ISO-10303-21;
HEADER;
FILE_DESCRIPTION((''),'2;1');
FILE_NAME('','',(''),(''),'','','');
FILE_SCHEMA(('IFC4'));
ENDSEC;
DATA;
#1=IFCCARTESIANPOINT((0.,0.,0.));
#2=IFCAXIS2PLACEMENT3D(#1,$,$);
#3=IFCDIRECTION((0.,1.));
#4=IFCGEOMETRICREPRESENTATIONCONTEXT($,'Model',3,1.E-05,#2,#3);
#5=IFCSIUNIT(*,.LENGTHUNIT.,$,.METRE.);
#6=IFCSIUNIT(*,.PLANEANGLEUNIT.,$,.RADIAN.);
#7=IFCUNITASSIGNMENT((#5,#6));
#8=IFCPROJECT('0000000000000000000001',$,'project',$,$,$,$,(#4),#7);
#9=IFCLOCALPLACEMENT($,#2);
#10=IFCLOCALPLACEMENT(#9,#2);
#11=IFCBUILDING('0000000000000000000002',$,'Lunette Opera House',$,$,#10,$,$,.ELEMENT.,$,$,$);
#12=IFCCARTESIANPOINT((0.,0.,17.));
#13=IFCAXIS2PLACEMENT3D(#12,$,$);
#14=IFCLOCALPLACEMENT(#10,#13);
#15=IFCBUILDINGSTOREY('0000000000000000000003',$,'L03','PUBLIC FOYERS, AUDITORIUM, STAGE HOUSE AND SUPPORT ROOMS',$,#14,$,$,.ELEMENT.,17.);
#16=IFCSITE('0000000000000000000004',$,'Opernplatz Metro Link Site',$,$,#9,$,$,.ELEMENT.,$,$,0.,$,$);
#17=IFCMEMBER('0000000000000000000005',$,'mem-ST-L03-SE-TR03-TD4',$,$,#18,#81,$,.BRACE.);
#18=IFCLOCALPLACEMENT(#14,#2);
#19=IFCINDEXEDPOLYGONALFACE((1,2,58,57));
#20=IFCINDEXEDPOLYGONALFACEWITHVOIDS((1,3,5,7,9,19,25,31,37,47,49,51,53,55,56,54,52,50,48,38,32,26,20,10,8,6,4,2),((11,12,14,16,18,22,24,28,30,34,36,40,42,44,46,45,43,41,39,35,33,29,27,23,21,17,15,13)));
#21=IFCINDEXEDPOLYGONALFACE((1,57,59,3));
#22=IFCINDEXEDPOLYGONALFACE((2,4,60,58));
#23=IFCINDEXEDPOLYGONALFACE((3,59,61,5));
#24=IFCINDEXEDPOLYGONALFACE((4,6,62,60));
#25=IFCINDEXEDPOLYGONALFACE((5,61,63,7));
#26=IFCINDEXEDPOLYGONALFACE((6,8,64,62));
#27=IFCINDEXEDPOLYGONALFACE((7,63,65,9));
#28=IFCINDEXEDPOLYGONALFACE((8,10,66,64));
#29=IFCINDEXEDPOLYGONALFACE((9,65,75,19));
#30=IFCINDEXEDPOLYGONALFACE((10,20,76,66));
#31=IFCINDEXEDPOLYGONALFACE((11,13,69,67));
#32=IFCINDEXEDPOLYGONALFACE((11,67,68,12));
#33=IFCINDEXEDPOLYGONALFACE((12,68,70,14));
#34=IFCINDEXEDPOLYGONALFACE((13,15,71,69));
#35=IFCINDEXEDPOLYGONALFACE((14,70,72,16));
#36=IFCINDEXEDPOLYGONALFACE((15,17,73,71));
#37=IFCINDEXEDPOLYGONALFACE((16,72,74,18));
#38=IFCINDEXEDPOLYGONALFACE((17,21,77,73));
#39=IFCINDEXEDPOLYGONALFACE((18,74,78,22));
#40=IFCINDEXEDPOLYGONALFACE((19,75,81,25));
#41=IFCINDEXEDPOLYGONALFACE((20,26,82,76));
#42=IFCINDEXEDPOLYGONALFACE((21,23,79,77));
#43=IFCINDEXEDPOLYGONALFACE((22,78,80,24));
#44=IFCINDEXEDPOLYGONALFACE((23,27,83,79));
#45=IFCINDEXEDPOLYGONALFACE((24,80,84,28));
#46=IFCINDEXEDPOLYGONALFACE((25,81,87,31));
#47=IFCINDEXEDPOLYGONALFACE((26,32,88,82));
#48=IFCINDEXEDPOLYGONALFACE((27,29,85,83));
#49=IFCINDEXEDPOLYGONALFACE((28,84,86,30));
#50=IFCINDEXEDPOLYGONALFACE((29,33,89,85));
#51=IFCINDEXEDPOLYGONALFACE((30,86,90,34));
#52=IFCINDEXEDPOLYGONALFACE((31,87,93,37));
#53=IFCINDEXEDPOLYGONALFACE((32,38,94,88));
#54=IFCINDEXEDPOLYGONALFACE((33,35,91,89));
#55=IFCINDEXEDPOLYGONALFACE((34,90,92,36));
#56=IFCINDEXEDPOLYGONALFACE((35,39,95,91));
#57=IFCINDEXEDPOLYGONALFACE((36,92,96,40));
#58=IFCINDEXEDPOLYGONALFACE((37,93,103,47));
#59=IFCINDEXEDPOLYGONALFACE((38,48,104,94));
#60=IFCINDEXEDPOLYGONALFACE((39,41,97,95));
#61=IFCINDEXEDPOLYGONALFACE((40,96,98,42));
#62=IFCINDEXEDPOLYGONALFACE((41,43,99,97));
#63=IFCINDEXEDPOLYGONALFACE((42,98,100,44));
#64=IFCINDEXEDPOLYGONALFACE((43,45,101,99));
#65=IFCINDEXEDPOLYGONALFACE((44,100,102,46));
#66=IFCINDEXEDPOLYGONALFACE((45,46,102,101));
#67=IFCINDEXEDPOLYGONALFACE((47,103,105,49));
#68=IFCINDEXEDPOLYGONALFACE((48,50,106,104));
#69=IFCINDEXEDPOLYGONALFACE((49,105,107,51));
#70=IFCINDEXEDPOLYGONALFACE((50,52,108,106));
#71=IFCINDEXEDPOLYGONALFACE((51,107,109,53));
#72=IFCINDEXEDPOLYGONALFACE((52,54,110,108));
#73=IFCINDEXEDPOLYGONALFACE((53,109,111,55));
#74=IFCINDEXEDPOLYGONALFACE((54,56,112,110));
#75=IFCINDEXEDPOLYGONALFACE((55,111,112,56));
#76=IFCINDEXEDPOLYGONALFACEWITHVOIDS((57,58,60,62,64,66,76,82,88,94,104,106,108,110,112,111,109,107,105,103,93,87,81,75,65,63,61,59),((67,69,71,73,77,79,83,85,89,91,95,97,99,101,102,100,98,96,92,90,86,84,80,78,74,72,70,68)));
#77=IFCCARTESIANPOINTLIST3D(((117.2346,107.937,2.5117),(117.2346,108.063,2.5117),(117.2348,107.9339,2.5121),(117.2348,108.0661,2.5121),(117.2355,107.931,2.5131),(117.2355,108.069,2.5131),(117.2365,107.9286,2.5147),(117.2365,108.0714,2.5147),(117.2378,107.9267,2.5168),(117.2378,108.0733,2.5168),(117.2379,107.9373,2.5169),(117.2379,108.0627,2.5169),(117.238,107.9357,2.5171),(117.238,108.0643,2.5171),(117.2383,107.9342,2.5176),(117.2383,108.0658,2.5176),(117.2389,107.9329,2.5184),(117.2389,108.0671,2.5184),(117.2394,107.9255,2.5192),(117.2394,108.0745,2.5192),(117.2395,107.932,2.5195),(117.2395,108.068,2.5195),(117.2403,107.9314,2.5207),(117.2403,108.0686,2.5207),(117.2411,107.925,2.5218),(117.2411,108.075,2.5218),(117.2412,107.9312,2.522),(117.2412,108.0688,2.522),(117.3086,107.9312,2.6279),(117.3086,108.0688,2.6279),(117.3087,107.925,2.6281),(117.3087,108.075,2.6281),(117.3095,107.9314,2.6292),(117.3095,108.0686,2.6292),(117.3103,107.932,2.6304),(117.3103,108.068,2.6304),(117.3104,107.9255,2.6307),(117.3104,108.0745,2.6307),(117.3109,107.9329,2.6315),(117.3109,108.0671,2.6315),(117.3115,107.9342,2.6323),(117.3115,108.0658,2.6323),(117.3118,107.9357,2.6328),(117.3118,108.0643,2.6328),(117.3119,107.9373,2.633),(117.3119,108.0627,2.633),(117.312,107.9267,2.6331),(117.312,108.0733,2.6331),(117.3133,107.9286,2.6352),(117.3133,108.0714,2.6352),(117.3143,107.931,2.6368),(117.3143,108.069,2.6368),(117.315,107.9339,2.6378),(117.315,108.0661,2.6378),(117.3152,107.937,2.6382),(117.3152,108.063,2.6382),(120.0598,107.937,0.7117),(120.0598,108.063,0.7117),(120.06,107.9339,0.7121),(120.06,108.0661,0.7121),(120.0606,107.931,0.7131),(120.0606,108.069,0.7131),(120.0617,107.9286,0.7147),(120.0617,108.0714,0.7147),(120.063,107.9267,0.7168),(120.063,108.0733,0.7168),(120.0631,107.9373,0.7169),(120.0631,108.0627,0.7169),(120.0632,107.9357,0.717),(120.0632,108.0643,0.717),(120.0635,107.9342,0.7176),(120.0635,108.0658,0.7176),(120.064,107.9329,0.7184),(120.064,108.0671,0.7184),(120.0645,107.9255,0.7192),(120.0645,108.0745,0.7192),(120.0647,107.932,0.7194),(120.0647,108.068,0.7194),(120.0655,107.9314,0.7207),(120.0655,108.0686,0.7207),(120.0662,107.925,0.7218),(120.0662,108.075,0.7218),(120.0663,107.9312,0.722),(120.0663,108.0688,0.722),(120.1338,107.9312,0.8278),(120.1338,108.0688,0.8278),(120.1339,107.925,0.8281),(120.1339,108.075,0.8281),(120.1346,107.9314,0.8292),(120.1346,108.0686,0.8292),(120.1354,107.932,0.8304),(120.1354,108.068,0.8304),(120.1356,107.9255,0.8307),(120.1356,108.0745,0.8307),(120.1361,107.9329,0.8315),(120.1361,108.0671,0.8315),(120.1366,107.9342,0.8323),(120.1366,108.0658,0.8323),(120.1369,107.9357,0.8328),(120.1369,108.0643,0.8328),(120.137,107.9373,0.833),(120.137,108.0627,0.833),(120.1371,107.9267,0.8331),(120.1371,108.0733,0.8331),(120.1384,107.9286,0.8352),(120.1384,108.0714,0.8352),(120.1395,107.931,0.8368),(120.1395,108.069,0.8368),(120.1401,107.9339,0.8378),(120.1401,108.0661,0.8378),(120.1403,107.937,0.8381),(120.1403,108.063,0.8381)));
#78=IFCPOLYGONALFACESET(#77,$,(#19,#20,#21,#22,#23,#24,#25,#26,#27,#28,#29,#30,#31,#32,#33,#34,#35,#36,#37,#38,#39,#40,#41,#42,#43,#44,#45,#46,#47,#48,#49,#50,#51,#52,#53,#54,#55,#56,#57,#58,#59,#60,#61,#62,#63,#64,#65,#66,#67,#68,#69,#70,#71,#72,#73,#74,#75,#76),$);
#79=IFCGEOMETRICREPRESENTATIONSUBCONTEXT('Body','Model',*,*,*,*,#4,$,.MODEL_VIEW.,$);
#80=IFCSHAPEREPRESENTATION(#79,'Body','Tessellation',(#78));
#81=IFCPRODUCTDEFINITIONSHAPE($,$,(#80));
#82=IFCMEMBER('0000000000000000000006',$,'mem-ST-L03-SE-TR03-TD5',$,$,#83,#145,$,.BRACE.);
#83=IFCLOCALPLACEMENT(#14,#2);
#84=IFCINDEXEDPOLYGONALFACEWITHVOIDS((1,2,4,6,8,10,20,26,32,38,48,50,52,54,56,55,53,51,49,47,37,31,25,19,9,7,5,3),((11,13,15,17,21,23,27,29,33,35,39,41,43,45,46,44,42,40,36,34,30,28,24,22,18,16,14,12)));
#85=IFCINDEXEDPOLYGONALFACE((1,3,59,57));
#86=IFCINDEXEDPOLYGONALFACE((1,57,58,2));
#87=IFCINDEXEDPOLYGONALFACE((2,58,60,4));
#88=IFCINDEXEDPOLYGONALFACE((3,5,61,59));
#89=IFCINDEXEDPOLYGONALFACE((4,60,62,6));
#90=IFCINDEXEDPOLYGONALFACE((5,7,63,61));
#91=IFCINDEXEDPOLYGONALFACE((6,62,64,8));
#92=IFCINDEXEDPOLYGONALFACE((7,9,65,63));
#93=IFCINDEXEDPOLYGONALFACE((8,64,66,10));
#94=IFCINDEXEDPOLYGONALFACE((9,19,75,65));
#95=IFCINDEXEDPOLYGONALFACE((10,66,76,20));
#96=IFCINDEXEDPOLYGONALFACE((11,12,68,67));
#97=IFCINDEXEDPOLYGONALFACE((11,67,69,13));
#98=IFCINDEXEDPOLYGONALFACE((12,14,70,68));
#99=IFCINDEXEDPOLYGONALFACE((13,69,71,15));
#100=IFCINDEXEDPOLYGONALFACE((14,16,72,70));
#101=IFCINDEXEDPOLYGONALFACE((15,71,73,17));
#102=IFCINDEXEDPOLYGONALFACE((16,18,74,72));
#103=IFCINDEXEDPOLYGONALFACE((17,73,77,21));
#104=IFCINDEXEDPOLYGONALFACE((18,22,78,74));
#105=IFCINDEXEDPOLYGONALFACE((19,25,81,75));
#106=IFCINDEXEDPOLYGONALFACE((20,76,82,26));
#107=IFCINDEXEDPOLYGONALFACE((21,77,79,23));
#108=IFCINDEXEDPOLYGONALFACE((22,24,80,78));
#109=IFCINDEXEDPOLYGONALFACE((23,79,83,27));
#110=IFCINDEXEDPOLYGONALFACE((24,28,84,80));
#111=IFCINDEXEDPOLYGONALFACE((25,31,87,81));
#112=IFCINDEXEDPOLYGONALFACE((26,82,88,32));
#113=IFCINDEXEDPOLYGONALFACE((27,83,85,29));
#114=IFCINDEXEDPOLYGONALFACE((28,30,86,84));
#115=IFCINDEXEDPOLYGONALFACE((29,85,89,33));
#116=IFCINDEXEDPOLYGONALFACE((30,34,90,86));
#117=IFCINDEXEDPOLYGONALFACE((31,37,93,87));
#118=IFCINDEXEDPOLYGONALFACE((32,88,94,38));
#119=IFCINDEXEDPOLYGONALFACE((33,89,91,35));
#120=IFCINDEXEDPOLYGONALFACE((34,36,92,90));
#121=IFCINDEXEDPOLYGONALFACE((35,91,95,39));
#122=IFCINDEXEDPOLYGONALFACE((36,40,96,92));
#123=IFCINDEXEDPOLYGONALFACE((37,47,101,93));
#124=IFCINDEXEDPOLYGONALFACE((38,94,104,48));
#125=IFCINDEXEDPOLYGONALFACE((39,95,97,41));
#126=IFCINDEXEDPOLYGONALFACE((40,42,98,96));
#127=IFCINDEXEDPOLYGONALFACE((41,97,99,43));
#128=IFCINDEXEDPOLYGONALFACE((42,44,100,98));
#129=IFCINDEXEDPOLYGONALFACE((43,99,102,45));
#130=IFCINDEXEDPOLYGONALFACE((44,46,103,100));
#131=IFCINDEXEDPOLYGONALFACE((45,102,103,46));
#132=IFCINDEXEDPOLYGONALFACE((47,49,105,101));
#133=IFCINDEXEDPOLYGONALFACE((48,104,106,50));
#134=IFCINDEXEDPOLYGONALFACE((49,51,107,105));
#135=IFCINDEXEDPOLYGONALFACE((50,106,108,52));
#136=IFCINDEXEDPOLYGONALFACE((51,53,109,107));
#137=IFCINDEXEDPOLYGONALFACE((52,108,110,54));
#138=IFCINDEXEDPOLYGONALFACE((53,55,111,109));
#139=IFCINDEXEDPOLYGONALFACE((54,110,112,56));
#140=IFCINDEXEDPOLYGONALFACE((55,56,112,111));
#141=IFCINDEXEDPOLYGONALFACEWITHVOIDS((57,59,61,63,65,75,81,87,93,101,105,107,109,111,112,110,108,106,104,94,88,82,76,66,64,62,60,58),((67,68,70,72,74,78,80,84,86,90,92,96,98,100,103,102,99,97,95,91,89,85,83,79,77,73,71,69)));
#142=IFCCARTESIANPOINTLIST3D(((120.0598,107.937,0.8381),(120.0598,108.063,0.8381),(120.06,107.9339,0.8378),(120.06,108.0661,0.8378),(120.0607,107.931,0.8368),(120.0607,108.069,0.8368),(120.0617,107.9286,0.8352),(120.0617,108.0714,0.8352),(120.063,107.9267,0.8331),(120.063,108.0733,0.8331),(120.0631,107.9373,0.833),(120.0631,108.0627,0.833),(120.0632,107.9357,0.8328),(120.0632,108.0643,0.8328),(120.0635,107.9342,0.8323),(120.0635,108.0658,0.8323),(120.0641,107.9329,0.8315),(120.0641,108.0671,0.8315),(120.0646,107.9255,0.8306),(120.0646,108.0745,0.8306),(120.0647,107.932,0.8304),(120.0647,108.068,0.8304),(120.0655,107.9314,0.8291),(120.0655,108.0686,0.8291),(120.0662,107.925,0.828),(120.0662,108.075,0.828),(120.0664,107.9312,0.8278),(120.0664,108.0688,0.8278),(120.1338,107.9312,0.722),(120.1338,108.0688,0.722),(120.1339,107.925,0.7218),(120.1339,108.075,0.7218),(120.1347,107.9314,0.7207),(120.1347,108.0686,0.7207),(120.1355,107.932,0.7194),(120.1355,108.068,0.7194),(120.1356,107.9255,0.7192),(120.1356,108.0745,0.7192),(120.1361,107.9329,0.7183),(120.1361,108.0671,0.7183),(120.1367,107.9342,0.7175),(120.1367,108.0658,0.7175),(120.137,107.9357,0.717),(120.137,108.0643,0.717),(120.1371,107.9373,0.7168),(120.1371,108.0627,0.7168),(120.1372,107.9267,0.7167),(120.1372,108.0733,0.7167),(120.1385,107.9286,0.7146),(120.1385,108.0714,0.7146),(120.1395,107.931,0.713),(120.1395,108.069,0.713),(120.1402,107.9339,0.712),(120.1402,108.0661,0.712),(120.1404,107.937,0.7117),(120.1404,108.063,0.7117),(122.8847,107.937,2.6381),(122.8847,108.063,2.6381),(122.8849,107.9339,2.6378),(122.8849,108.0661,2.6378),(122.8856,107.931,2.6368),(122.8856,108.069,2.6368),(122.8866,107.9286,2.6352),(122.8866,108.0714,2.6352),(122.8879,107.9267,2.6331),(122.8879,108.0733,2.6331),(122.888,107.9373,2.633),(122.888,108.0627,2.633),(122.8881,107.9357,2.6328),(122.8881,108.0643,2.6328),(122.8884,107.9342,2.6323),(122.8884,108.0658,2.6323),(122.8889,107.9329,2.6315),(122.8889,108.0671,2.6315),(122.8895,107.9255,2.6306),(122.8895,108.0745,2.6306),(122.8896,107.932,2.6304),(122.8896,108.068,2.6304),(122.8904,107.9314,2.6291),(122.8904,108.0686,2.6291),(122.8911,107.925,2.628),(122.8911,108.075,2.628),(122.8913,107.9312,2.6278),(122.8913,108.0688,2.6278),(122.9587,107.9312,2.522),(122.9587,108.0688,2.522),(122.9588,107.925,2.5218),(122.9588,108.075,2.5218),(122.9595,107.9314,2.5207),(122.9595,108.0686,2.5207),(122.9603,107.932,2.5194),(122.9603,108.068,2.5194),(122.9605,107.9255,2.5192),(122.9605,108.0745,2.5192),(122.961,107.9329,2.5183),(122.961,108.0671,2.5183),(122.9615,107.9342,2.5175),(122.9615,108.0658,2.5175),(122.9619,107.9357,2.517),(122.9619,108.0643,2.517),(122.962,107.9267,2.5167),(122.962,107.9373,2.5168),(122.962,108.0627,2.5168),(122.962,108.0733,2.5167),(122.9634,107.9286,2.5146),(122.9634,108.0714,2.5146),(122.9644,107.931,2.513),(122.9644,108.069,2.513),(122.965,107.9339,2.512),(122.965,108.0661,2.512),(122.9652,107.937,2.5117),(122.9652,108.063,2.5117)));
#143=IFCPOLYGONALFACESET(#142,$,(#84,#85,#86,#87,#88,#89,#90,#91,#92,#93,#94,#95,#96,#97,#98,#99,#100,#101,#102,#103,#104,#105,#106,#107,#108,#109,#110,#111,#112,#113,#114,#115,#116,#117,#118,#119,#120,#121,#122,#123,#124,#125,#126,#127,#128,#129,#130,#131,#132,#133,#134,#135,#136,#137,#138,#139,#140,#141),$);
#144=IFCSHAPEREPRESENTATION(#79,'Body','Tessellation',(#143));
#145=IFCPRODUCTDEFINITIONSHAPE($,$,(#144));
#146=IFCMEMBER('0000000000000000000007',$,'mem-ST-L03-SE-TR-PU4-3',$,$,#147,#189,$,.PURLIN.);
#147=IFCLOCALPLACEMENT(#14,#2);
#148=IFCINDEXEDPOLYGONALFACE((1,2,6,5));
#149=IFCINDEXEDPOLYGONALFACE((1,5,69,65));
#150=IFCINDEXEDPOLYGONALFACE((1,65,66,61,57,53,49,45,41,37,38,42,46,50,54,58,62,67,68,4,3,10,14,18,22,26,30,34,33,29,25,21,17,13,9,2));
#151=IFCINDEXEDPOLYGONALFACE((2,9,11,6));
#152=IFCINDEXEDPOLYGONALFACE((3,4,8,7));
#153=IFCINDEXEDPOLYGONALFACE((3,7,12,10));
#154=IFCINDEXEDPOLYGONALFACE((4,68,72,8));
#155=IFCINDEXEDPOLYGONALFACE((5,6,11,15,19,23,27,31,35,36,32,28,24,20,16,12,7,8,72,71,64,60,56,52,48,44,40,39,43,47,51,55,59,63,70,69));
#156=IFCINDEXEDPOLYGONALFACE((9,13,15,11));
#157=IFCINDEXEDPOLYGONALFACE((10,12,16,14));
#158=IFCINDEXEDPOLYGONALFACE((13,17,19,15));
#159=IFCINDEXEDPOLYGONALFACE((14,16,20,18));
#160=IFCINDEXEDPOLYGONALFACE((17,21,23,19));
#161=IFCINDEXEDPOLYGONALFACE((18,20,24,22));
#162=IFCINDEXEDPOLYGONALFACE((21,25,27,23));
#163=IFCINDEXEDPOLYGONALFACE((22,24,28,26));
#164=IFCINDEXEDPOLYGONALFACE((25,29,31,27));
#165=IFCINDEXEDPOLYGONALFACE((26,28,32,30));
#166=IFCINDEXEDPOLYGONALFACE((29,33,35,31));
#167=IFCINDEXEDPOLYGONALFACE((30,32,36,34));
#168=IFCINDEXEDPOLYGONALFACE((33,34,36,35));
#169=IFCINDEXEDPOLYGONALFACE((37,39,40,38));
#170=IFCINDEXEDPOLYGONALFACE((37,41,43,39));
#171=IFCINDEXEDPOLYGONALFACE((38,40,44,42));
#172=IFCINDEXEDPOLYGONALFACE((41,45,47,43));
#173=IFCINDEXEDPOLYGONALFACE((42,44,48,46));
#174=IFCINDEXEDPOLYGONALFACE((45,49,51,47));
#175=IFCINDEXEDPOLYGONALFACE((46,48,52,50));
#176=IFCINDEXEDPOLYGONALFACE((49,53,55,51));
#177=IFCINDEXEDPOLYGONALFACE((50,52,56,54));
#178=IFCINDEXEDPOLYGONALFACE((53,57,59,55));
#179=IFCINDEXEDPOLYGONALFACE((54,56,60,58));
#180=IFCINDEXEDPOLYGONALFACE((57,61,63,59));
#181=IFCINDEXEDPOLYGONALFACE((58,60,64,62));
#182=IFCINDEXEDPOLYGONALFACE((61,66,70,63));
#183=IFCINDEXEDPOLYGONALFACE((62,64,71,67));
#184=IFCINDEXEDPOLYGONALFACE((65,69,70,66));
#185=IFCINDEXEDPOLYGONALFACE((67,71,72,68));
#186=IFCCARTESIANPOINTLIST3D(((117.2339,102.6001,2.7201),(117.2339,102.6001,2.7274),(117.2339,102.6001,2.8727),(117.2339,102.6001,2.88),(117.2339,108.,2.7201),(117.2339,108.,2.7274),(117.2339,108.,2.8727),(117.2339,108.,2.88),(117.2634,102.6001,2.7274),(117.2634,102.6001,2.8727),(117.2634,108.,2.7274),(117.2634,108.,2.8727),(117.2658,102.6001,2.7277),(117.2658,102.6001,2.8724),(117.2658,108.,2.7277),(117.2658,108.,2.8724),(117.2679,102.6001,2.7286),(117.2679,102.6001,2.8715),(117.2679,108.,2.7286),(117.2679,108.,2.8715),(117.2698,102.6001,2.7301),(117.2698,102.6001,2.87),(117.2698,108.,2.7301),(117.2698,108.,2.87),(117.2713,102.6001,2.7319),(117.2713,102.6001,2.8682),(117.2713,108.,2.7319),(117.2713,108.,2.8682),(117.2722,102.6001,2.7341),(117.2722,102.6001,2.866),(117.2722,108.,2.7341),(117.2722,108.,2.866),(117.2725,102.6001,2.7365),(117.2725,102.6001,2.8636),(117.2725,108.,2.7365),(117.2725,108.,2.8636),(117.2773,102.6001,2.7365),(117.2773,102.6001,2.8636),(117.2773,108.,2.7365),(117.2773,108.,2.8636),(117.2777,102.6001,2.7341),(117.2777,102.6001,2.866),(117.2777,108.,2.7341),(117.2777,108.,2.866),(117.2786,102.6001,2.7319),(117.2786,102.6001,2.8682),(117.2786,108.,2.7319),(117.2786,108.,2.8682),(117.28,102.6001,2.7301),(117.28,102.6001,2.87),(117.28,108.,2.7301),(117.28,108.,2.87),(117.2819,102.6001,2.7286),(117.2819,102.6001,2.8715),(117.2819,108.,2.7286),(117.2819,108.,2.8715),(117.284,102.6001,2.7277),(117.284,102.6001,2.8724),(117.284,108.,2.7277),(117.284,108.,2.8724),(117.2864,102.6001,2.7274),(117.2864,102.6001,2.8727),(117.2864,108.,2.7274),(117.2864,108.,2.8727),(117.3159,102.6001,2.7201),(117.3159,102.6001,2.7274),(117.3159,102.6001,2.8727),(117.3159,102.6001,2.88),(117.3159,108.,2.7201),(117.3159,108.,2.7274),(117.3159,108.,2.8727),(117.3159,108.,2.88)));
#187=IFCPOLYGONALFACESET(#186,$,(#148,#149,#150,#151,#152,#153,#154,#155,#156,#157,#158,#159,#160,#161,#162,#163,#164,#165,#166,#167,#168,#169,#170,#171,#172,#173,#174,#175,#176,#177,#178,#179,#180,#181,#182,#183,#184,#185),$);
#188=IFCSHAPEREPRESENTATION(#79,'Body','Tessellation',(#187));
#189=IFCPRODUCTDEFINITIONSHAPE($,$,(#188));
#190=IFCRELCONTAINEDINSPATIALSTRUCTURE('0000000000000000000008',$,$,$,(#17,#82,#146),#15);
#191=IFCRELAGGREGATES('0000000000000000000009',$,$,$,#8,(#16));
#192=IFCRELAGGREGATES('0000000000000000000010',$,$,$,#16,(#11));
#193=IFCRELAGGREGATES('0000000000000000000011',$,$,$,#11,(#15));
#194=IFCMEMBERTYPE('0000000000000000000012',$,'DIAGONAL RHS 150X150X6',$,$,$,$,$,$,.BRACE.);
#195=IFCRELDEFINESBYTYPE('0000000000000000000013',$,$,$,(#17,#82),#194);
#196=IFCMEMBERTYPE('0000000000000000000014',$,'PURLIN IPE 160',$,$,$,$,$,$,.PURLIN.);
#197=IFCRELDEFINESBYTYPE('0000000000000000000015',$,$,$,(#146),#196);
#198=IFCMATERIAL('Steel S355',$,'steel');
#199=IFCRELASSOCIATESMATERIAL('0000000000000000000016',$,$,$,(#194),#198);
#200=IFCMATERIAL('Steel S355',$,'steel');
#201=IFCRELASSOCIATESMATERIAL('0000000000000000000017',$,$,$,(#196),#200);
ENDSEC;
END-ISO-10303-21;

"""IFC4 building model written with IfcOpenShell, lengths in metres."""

from ifc_helpers import new_model, si_unit, direction, frame, origin, origin_2d, place, context, subcontext, project, spatial, hollow_rectangle, i_section, extrude, material, material_profile, profile_set, type_object, element, save


model = new_model("IFC4")

# Units and contexts
model_context = context("Model", 3, precision=1e-05, world=origin(), true_north=direction((0.0, 1.0)))
body_context = subcontext(model_context, "Body", "Model", "MODEL_VIEW")
ifc_project = project(units=[si_unit("LENGTHUNIT", "METRE"), si_unit("PLANEANGLEUNIT", "RADIAN")], contexts=[model_context])

# Site, building, storey
site_placement = place(None, origin())
site = spatial("IfcSite", under=ifc_project, at=site_placement, Name="Opernplatz Metro Link Site", CompositionType="ELEMENT", RefElevation=0.0)
building_placement = place(site_placement, origin())
building = spatial("IfcBuilding", under=site, at=building_placement, Name="Lunette Opera House", CompositionType="ELEMENT")
storey_placement = place(building_placement, frame((0.0, 0.0, 17.0)))
storey = spatial("IfcBuildingStorey", under=building, at=storey_placement, Name="L03", Description="PUBLIC FOYERS, AUDITORIUM, STAGE HOUSE AND SUPPORT ROOMS", CompositionType="ELEMENT", Elevation=17.0)

# Members
ifc_material_1 = material(Name="Steel S355", Category="steel")
ifc_material_profile_1 = material_profile(ifc_material_1, hollow_rectangle(XDim=0.1499, YDim=0.1499, WallThickness=0.0061, InnerFilletRadius=0.0061, OuterFilletRadius=0.012, at=origin_2d()), Name="RHS 150X150X6")
ifc_profile_set_1 = profile_set([ifc_material_profile_1], Name="Steel S355")
member_type_1 = type_object("IfcMemberType", Name="DIAGONAL RHS 150X150X6", PredefinedType="BRACE", material=ifc_profile_set_1)
member_1_placement = place(storey_placement, frame((117.2749, 108.0, 2.575), z_axis=(0.843364, 0.0, -0.537342), x_axis=(0.0, 1.0, 0.0)))
element("IfcMember", 1, at=member_1_placement, inside=storey, type_object=member_type_1, Name="mem-ST-L03-SE-TR03-TD4", PredefinedType="BRACE", context=body_context, shape_type="SweptSolid", body=[
    extrude(hollow_rectangle(XDim=0.1499, YDim=0.1499, WallThickness=0.0061, InnerFilletRadius=0.0061, OuterFilletRadius=0.012, at=origin_2d()), origin(), (0.0, 0.0, 1.0), 3.3499),
])
member_2_placement = place(storey_placement, frame((120.1001, 108.0, 0.7749), z_axis=(0.843343, 0.0, 0.537375), x_axis=(0.0, 1.0, 0.0)))
element("IfcMember", 2, at=member_2_placement, inside=storey, type_object=member_type_1, Name="mem-ST-L03-SE-TR03-TD5", PredefinedType="BRACE", context=body_context, shape_type="SweptSolid", body=[
    extrude(hollow_rectangle(XDim=0.1499, YDim=0.1499, WallThickness=0.0061, InnerFilletRadius=0.0061, OuterFilletRadius=0.012, at=origin_2d()), origin(), (0.0, 0.0, 1.0), 3.3496),
])
ifc_material_2 = material(Name="Steel S355", Category="steel")
ifc_material_profile_2 = material_profile(ifc_material_2, i_section(OverallWidth=0.082, OverallDepth=0.1599, WebThickness=0.0049, FlangeThickness=0.0073, FilletRadius=0.009, at=origin_2d()), Name="IPE 160")
ifc_profile_set_2 = profile_set([ifc_material_profile_2], Name="Steel S355")
member_type_2 = type_object("IfcMemberType", Name="PURLIN IPE 160", PredefinedType="PURLIN", material=ifc_profile_set_2)
for number, where, z_axis, x_axis, name in (
    (3, (117.2749, 102.6001, 2.8), (0.0, 1.0, 0.0), (-1.0, 0.0, 0.0), "mem-ST-L03-SE-TR-PU4-3"),
):
    element("IfcMember", number, at=place(storey_placement, frame(where, z_axis=z_axis, x_axis=x_axis)), inside=storey, type_object=member_type_2, Name=name, PredefinedType="PURLIN", context=body_context, shape_type="SweptSolid", body=[
        extrude(i_section(OverallWidth=0.082, OverallDepth=0.1599, WebThickness=0.0049, FlangeThickness=0.0073, FilletRadius=0.009, at=origin_2d()), origin(), (0.0, 0.0, 1.0), 5.3999),
    ])

save(model, "model.ifc")
